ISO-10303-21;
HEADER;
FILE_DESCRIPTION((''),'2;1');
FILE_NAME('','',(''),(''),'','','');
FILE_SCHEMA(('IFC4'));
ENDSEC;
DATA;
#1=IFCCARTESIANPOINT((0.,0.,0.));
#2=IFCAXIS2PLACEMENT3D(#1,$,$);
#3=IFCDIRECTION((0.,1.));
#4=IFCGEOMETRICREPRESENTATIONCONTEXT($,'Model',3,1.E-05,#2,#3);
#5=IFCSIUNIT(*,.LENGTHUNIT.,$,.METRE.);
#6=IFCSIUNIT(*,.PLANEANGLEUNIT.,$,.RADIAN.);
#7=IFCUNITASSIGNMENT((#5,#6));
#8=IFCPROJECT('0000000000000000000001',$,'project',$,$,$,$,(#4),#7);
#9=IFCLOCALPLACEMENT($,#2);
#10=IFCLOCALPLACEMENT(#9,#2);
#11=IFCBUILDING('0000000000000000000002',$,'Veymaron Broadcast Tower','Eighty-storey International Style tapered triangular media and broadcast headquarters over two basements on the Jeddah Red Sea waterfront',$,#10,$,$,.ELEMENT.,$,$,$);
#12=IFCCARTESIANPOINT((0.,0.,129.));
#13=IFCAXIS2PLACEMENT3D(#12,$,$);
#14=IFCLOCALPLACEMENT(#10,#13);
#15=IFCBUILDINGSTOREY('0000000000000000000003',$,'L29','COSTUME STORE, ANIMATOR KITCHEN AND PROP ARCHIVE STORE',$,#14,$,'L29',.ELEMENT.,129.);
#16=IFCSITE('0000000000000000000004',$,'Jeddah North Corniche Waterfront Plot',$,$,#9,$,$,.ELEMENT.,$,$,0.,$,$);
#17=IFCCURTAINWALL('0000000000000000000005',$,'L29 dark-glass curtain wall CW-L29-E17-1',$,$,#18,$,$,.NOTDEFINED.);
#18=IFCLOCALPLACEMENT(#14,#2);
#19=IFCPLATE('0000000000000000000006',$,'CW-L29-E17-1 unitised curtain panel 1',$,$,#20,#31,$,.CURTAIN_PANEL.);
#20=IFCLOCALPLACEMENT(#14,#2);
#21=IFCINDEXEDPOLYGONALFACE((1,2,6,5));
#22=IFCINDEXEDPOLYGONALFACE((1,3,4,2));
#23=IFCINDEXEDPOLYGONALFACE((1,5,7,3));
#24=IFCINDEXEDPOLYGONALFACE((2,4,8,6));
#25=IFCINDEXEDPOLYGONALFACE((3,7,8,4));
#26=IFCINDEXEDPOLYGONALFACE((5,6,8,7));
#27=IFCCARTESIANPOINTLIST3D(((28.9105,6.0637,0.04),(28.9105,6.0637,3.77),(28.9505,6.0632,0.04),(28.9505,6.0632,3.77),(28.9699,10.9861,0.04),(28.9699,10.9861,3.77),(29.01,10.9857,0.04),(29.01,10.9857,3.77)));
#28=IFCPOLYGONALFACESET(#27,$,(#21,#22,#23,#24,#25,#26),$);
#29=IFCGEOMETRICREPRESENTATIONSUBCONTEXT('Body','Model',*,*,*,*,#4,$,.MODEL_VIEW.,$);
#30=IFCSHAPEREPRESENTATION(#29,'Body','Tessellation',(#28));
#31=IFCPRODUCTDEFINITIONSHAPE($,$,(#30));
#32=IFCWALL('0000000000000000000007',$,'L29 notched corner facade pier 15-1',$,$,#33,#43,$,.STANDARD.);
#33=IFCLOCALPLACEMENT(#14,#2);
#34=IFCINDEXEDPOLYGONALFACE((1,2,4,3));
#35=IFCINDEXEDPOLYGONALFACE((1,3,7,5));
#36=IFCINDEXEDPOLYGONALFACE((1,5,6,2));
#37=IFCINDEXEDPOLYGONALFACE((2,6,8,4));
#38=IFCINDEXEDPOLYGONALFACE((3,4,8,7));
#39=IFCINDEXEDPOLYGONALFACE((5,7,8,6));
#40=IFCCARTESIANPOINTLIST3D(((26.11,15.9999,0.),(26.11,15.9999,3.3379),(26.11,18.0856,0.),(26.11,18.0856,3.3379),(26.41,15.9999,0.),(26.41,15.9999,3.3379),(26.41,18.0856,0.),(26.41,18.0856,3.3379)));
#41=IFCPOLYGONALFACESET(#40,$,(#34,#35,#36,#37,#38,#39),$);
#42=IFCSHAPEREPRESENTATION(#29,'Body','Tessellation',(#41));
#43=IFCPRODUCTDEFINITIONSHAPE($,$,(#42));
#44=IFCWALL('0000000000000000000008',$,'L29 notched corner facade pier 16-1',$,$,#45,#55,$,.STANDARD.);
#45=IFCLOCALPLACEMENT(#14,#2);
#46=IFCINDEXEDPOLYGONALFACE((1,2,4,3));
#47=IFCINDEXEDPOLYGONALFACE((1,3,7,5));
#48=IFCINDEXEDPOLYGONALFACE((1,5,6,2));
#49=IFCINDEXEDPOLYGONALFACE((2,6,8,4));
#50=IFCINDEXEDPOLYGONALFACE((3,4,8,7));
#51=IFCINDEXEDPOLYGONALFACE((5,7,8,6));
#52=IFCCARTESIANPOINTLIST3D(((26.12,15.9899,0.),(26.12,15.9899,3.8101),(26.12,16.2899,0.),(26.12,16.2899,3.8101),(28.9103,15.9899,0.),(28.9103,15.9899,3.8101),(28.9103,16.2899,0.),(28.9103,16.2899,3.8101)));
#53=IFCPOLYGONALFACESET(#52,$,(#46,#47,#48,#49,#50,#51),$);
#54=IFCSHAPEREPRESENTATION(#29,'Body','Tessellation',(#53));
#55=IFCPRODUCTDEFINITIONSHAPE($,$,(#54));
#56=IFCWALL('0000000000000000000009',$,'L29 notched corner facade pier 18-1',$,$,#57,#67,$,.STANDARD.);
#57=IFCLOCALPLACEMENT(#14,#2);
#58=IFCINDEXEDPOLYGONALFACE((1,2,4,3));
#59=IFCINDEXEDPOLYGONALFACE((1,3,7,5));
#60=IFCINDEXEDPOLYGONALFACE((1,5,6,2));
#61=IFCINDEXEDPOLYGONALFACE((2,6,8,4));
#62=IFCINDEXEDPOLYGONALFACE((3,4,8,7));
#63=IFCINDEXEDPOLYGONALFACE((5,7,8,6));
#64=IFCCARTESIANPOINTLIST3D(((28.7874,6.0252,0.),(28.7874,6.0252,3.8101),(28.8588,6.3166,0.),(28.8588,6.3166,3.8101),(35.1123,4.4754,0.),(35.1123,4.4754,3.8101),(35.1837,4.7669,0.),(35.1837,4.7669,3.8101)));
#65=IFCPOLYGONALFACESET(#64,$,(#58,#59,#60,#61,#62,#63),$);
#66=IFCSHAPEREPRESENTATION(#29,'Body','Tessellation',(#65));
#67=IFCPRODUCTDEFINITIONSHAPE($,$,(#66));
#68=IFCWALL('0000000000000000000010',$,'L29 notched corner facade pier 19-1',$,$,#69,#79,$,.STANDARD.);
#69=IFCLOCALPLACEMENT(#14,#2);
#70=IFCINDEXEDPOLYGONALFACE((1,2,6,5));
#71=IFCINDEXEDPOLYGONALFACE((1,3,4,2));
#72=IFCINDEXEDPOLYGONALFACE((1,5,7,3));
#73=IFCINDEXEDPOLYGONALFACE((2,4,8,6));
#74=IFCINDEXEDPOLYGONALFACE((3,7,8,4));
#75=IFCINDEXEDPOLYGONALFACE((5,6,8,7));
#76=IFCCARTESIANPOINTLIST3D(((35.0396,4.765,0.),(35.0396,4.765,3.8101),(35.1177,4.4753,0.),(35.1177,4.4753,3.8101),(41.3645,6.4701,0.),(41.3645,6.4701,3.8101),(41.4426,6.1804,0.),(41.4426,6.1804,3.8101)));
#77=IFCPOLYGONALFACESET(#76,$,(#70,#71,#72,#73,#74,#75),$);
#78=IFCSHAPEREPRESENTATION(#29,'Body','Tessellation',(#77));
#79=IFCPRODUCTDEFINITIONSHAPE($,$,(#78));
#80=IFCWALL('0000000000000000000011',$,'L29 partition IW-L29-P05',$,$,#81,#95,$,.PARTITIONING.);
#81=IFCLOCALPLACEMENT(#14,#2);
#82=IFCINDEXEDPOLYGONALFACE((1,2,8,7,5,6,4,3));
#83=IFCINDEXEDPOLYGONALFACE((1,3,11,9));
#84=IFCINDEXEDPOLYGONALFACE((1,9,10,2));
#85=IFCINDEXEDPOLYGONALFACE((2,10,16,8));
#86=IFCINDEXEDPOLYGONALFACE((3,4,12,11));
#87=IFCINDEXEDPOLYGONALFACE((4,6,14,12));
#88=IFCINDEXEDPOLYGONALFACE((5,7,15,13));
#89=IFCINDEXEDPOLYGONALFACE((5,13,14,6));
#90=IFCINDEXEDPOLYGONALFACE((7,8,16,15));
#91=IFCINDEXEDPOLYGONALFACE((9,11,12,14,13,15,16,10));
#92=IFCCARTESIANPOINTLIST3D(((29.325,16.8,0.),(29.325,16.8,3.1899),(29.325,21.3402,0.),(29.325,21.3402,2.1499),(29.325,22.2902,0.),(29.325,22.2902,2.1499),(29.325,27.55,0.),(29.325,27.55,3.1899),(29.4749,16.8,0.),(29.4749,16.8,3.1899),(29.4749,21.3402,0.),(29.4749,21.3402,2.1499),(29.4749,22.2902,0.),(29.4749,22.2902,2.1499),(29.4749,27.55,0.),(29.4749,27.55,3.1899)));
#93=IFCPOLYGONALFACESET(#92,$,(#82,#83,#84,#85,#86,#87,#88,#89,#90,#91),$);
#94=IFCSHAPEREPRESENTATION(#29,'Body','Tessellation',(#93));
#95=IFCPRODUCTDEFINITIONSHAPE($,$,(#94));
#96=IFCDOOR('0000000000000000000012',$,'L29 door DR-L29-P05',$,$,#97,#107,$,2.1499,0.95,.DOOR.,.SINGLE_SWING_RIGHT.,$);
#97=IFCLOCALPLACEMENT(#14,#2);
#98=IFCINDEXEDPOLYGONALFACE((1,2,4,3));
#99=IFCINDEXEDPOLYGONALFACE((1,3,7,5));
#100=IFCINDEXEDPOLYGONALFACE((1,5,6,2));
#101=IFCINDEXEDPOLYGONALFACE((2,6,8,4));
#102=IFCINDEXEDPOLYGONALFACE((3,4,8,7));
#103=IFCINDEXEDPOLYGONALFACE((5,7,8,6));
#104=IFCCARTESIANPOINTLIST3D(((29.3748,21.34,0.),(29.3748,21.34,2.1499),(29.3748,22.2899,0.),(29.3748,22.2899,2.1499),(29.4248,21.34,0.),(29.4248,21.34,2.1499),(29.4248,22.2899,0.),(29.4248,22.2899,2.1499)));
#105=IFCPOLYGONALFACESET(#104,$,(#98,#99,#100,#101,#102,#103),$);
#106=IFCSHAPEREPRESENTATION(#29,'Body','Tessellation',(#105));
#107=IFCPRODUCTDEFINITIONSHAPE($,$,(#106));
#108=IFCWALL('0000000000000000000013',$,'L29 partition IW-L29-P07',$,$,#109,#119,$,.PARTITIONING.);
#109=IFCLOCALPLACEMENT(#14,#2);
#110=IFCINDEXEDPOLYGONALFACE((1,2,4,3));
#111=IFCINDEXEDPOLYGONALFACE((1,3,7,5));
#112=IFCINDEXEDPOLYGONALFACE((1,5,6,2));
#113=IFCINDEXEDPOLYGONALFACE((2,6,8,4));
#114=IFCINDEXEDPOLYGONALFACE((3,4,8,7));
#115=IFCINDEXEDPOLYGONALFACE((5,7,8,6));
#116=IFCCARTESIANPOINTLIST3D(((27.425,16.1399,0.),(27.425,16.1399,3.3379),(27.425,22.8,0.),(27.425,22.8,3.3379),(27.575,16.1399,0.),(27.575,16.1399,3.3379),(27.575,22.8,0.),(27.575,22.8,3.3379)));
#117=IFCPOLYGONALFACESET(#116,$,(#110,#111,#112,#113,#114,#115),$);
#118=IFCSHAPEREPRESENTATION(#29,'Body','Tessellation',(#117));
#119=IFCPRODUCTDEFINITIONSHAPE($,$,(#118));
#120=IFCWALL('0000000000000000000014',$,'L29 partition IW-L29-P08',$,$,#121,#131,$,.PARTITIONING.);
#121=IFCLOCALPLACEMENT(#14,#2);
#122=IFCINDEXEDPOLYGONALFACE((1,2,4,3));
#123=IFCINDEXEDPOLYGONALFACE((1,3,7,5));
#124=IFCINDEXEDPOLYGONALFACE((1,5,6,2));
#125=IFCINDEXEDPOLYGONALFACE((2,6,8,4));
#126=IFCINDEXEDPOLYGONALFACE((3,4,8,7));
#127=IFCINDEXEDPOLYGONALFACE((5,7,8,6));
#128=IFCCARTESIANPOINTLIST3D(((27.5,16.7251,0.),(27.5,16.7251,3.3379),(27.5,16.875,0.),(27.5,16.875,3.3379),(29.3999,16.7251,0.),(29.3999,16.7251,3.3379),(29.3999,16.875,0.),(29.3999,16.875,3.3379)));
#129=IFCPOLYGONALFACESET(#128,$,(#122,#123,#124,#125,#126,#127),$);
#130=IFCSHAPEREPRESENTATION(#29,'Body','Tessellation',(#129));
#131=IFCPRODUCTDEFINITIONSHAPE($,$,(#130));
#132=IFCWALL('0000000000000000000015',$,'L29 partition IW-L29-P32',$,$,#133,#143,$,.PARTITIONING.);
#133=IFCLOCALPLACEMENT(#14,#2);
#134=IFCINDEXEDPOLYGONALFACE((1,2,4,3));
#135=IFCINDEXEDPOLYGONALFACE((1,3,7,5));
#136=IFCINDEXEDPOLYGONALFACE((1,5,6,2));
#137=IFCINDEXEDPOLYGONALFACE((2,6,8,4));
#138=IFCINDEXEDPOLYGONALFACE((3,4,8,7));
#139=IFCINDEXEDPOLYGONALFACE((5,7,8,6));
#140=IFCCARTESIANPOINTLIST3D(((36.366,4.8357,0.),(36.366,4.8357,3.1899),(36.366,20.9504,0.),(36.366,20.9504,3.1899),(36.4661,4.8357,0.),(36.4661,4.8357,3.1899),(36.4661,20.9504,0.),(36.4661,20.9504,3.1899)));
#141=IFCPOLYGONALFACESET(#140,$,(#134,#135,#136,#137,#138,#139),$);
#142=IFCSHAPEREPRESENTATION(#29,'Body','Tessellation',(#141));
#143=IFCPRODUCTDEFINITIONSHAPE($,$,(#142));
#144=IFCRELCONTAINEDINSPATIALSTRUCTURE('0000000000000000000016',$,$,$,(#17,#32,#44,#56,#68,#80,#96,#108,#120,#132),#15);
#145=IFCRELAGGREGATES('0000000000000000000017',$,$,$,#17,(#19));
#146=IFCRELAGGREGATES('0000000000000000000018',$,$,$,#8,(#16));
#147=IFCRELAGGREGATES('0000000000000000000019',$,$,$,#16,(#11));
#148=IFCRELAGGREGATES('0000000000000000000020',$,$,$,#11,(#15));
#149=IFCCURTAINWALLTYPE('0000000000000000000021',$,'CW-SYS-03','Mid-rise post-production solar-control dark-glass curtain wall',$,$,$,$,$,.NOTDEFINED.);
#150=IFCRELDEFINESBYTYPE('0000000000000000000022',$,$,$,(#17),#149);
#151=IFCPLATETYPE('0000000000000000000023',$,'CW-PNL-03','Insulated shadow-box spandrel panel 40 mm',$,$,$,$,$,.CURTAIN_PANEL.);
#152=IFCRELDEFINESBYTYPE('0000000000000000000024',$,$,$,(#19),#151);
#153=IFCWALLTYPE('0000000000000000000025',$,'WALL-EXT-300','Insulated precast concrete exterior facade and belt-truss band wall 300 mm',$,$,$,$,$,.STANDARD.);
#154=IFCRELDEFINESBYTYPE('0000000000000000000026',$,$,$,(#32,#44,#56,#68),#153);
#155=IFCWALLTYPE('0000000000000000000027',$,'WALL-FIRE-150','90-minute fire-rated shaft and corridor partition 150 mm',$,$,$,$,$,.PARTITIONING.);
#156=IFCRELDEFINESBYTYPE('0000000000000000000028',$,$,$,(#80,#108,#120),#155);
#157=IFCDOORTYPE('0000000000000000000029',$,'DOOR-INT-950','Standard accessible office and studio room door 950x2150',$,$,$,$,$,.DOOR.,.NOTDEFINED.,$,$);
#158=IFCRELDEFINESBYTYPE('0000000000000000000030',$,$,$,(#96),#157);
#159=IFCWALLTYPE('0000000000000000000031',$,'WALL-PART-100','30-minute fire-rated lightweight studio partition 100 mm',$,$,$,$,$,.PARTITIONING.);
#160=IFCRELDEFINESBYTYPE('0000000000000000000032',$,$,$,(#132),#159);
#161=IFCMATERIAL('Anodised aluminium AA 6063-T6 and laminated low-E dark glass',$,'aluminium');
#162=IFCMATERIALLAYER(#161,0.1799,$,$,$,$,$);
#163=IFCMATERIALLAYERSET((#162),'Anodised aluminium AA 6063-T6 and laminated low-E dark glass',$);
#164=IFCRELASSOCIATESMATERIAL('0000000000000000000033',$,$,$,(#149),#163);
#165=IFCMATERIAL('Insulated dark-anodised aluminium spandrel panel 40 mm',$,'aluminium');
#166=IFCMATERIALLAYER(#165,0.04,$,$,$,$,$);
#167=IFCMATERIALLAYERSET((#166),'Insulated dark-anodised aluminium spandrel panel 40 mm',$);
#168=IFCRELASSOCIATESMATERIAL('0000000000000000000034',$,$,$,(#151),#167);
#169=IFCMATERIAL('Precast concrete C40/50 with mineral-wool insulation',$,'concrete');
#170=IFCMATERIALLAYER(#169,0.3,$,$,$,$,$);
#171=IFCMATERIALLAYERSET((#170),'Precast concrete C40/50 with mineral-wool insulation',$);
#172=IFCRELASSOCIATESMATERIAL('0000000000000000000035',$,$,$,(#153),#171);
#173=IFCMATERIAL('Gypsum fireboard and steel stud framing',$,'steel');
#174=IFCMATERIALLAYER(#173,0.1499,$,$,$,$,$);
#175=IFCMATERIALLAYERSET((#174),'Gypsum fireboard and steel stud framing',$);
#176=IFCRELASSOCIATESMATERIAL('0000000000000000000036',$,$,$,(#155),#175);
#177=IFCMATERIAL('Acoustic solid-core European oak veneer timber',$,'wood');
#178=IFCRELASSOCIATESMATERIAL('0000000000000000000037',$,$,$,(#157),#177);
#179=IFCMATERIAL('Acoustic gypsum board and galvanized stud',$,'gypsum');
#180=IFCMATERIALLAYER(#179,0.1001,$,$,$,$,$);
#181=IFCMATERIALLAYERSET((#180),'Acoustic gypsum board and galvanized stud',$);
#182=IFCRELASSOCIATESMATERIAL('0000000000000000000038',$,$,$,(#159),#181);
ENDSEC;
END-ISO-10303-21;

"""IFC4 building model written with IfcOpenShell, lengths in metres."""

from ifc_helpers import new_model, si_unit, direction, frame, frame_2d, origin, origin_2d, place, context, subcontext, project, spatial, rectangle, extrude, material, layer, layer_set, type_object, element, fill, aggregate, save


model = new_model("IFC4")

# Units and contexts
model_context = context("Model", 3, precision=1e-05, world=origin(), true_north=direction((0.0, 1.0)))
body_context = subcontext(model_context, "Body", "Model", "MODEL_VIEW")
ifc_project = project(units=[si_unit("LENGTHUNIT", "METRE"), si_unit("PLANEANGLEUNIT", "RADIAN")], contexts=[model_context])

# Site, building, storey
site_placement = place(None, origin())
site = spatial("IfcSite", under=ifc_project, at=site_placement, Name="Jeddah North Corniche Waterfront Plot", CompositionType="ELEMENT", RefElevation=0.0)
building_placement = place(site_placement, origin())
building = spatial("IfcBuilding", under=site, at=building_placement, Name="Veymaron Broadcast Tower", Description="Eighty-storey International Style tapered triangular media and broadcast headquarters over two basements on the Jeddah Red Sea waterfront", CompositionType="ELEMENT")
storey_placement = place(building_placement, frame((0.0, 0.0, 129.0)))
storey = spatial("IfcBuildingStorey", under=building, at=storey_placement, Name="L29", Description="COSTUME STORE, ANIMATOR KITCHEN AND PROP ARCHIVE STORE", LongName="L29", CompositionType="ELEMENT", Elevation=129.0)

# Shared definitions
ifc_material_1 = material(Name="Anodised aluminium AA 6063-T6 and laminated low-E dark glass", Category="aluminium")
ifc_layer_1 = layer(ifc_material_1, 0.1799)
ifc_layer_set_1 = layer_set([ifc_layer_1], Name="Anodised aluminium AA 6063-T6 and laminated low-E dark glass")
curtain_wall_type = type_object("IfcCurtainWallType", Name="CW-SYS-03", Description="Mid-rise post-production solar-control dark-glass curtain wall", PredefinedType="NOTDEFINED", material=ifc_layer_set_1)

# Curtain wall, plate
curtain_wall_1_placement = place(storey_placement, origin())
curtain_wall_1 = element("IfcCurtainWall", 1, at=curtain_wall_1_placement, inside=storey, type_object=curtain_wall_type, Name="L29 dark-glass curtain wall CW-L29-E17-1", PredefinedType="NOTDEFINED")
ifc_material_2 = material(Name="Insulated dark-anodised aluminium spandrel panel 40 mm", Category="aluminium")
ifc_layer_2 = layer(ifc_material_2, 0.04)
ifc_layer_set_2 = layer_set([ifc_layer_2], Name="Insulated dark-anodised aluminium spandrel panel 40 mm")
plate_type = type_object("IfcPlateType", Name="CW-PNL-03", Description="Insulated shadow-box spandrel panel 40 mm", PredefinedType="CURTAIN_PANEL", material=ifc_layer_set_2)
plate_1_placement = place(storey_placement, frame((28.9602, 8.5247, 0.04), z_axis=(0.0, 0.0, 1.0), x_axis=(-0.012077, -0.999927, 0.0)))
plate_1 = element("IfcPlate", 2, at=plate_1_placement, type_object=plate_type, Name="CW-L29-E17-1 unitised curtain panel 1", PredefinedType="CURTAIN_PANEL", context=body_context, shape_type="SweptSolid", body=[
    extrude(rectangle(XDim=4.9229, YDim=0.04, at=origin_2d()), origin(), (0.0, 0.0, 1.0), 3.73),
])
aggregate(curtain_wall_1, [plate_1])

# Walls
ifc_material_3 = material(Name="Precast concrete C40/50 with mineral-wool insulation", Category="concrete")
ifc_layer_3 = layer(ifc_material_3, 0.3)
ifc_layer_set_3 = layer_set([ifc_layer_3], Name="Precast concrete C40/50 with mineral-wool insulation")
wall_type_1 = type_object("IfcWallType", Name="WALL-EXT-300", Description="Insulated precast concrete exterior facade and belt-truss band wall 300 mm", PredefinedType="STANDARD", material=ifc_layer_set_3)
wall_1_placement = place(storey_placement, frame((26.26, 18.0857, 0.0), z_axis=(0.0, 0.0, 1.0), x_axis=(0.0, -1.0, 0.0)))
element("IfcWall", 3, at=wall_1_placement, inside=storey, type_object=wall_type_1, Name="L29 notched corner facade pier 15-1", PredefinedType="STANDARD", context=body_context, shape_type="SweptSolid", body=[
    extrude(rectangle(XDim=2.0857, YDim=0.3, at=frame_2d((1.043, 0.0))), origin(), (0.0, 0.0, 1.0), 3.3379),
])
wall_2_placement = place(storey_placement, frame((26.1201, 16.1399, 0.0), z_axis=(0.0, 0.0, 1.0), x_axis=(1.0, 0.0, 0.0)))
element("IfcWall", 4, at=wall_2_placement, inside=storey, type_object=wall_type_1, Name="L29 notched corner facade pier 16-1", PredefinedType="STANDARD", context=body_context, shape_type="SweptSolid", body=[
    extrude(rectangle(XDim=2.7903, YDim=0.3, at=frame_2d((1.395, 0.0))), origin(), (0.0, 0.0, 1.0), 3.8101),
])
wall_3_placement = place(storey_placement, frame((28.8232, 6.1709, 0.0), z_axis=(0.0, 0.0, 1.0), x_axis=(0.971268, -0.23799, 0.0)))
element("IfcWall", 5, at=wall_3_placement, inside=storey, type_object=wall_type_1, Name="L29 notched corner facade pier 18-1", PredefinedType="STANDARD", context=body_context, shape_type="SweptSolid", body=[
    extrude(rectangle(XDim=6.512, YDim=0.3, at=frame_2d((3.2559, 0.0))), origin(), (0.0, 0.0, 1.0), 3.8101),
])
wall_4_placement = place(storey_placement, frame((35.0786, 4.6201, 0.0), z_axis=(0.0, 0.0, 1.0), x_axis=(0.965531, 0.260288, 0.0)))
element("IfcWall", 6, at=wall_4_placement, inside=storey, type_object=wall_type_1, Name="L29 notched corner facade pier 19-1", PredefinedType="STANDARD", context=body_context, shape_type="SweptSolid", body=[
    extrude(rectangle(XDim=6.5508, YDim=0.3, at=frame_2d((3.2754, 0.0))), origin(), (0.0, 0.0, 1.0), 3.8101),
])

# Wall, opening, door
ifc_material_4 = material(Name="Gypsum fireboard and steel stud framing", Category="steel")
ifc_layer_4 = layer(ifc_material_4, 0.1499)
ifc_layer_set_4 = layer_set([ifc_layer_4], Name="Gypsum fireboard and steel stud framing")
wall_type_2 = type_object("IfcWallType", Name="WALL-FIRE-150", Description="90-minute fire-rated shaft and corridor partition 150 mm", PredefinedType="PARTITIONING", material=ifc_layer_set_4)
wall_5_placement = place(storey_placement, frame((29.3999, 16.8, 0.0), z_axis=(0.0, 0.0, 1.0), x_axis=(0.0, 1.0, 0.0)))
wall_5 = element("IfcWall", 7, at=wall_5_placement, inside=storey, type_object=wall_type_2, Name="L29 partition IW-L29-P05", PredefinedType="PARTITIONING", context=body_context, shape_type="SweptSolid", body=[
    extrude(rectangle(XDim=10.75, YDim=0.1499, at=frame_2d((5.375, 0.0))), origin(), (0.0, 0.0, 1.0), 3.1899),
])
opening_placement = place(wall_5_placement, frame((4.54, 0.0, 0.0)))
opening = element("IfcOpeningElement", 8, at=opening_placement, cuts=wall_5, PredefinedType="OPENING", context=body_context, shape_type="SweptSolid", body=[
    extrude(rectangle(XDim=0.95, YDim=2.1499, at=frame_2d((0.4751, 1.075))), frame((0.0, 0.085, 0.0), z_axis=(0.0, -1.0, 0.0), x_axis=(1.0, 0.0, 0.0)), (0.0, 0.0, 1.0), 0.1699),
])
ifc_material_5 = material(Name="Acoustic solid-core European oak veneer timber", Category="wood")
door_type = type_object("IfcDoorType", Name="DOOR-INT-950", Description="Standard accessible office and studio room door 950x2150", OperationType="NOTDEFINED", PredefinedType="DOOR", material=ifc_material_5)
door_placement = place(opening_placement, frame((0.95, 0.0, 0.0), z_axis=(0.0, 0.0, 1.0), x_axis=(-1.0, 0.0, 0.0)))
door = element("IfcDoor", 9, at=door_placement, inside=storey, type_object=door_type, Name="L29 door DR-L29-P05", OperationType="SINGLE_SWING_RIGHT", OverallHeight=2.1499, OverallWidth=0.95, PredefinedType="DOOR", context=body_context, shape_type="SweptSolid", body=[
    extrude(rectangle(XDim=0.95, YDim=2.1499, at=frame_2d((0.4751, 1.075))), frame((0.0, 0.0249, 0.0), z_axis=(0.0, -1.0, 0.0), x_axis=(1.0, 0.0, 0.0)), (0.0, 0.0, 1.0), 0.05),
])
fill(opening, door)

# Walls
wall_6_placement = place(storey_placement, frame((27.5, 16.1399, 0.0), z_axis=(0.0, 0.0, 1.0), x_axis=(0.0, 1.0, 0.0)))
element("IfcWall", 10, at=wall_6_placement, inside=storey, type_object=wall_type_2, Name="L29 partition IW-L29-P07", PredefinedType="PARTITIONING", context=body_context, shape_type="SweptSolid", body=[
    extrude(rectangle(XDim=6.6602, YDim=0.1499, at=frame_2d((3.3301, 0.0))), origin(), (0.0, 0.0, 1.0), 3.3379),
])
wall_7_placement = place(storey_placement, frame((27.5, 16.8, 0.0), z_axis=(0.0, 0.0, 1.0), x_axis=(1.0, 0.0, 0.0)))
element("IfcWall", 11, at=wall_7_placement, inside=storey, type_object=wall_type_2, Name="L29 partition IW-L29-P08", PredefinedType="PARTITIONING", context=body_context, shape_type="SweptSolid", body=[
    extrude(rectangle(XDim=1.8999, YDim=0.1499, at=frame_2d((0.95, 0.0))), origin(), (0.0, 0.0, 1.0), 3.3379),
])
ifc_material_6 = material(Name="Acoustic gypsum board and galvanized stud", Category="gypsum")
ifc_layer_5 = layer(ifc_material_6, 0.1001)
ifc_layer_set_5 = layer_set([ifc_layer_5], Name="Acoustic gypsum board and galvanized stud")
wall_type_3 = type_object("IfcWallType", Name="WALL-PART-100", Description="30-minute fire-rated lightweight studio partition 100 mm", PredefinedType="PARTITIONING", material=ifc_layer_set_5)
wall_8_placement = place(storey_placement, frame((36.416, 4.8357, 0.0), z_axis=(0.0, 0.0, 1.0), x_axis=(0.0, 1.0, 0.0)))
element("IfcWall", 12, at=wall_8_placement, inside=storey, type_object=wall_type_3, Name="L29 partition IW-L29-P32", PredefinedType="PARTITIONING", context=body_context, shape_type="SweptSolid", body=[
    extrude(rectangle(XDim=16.1147, YDim=0.1001, at=frame_2d((8.0574, 0.0))), origin(), (0.0, 0.0, 1.0), 3.1899),
])

save(model, "model.ifc")
